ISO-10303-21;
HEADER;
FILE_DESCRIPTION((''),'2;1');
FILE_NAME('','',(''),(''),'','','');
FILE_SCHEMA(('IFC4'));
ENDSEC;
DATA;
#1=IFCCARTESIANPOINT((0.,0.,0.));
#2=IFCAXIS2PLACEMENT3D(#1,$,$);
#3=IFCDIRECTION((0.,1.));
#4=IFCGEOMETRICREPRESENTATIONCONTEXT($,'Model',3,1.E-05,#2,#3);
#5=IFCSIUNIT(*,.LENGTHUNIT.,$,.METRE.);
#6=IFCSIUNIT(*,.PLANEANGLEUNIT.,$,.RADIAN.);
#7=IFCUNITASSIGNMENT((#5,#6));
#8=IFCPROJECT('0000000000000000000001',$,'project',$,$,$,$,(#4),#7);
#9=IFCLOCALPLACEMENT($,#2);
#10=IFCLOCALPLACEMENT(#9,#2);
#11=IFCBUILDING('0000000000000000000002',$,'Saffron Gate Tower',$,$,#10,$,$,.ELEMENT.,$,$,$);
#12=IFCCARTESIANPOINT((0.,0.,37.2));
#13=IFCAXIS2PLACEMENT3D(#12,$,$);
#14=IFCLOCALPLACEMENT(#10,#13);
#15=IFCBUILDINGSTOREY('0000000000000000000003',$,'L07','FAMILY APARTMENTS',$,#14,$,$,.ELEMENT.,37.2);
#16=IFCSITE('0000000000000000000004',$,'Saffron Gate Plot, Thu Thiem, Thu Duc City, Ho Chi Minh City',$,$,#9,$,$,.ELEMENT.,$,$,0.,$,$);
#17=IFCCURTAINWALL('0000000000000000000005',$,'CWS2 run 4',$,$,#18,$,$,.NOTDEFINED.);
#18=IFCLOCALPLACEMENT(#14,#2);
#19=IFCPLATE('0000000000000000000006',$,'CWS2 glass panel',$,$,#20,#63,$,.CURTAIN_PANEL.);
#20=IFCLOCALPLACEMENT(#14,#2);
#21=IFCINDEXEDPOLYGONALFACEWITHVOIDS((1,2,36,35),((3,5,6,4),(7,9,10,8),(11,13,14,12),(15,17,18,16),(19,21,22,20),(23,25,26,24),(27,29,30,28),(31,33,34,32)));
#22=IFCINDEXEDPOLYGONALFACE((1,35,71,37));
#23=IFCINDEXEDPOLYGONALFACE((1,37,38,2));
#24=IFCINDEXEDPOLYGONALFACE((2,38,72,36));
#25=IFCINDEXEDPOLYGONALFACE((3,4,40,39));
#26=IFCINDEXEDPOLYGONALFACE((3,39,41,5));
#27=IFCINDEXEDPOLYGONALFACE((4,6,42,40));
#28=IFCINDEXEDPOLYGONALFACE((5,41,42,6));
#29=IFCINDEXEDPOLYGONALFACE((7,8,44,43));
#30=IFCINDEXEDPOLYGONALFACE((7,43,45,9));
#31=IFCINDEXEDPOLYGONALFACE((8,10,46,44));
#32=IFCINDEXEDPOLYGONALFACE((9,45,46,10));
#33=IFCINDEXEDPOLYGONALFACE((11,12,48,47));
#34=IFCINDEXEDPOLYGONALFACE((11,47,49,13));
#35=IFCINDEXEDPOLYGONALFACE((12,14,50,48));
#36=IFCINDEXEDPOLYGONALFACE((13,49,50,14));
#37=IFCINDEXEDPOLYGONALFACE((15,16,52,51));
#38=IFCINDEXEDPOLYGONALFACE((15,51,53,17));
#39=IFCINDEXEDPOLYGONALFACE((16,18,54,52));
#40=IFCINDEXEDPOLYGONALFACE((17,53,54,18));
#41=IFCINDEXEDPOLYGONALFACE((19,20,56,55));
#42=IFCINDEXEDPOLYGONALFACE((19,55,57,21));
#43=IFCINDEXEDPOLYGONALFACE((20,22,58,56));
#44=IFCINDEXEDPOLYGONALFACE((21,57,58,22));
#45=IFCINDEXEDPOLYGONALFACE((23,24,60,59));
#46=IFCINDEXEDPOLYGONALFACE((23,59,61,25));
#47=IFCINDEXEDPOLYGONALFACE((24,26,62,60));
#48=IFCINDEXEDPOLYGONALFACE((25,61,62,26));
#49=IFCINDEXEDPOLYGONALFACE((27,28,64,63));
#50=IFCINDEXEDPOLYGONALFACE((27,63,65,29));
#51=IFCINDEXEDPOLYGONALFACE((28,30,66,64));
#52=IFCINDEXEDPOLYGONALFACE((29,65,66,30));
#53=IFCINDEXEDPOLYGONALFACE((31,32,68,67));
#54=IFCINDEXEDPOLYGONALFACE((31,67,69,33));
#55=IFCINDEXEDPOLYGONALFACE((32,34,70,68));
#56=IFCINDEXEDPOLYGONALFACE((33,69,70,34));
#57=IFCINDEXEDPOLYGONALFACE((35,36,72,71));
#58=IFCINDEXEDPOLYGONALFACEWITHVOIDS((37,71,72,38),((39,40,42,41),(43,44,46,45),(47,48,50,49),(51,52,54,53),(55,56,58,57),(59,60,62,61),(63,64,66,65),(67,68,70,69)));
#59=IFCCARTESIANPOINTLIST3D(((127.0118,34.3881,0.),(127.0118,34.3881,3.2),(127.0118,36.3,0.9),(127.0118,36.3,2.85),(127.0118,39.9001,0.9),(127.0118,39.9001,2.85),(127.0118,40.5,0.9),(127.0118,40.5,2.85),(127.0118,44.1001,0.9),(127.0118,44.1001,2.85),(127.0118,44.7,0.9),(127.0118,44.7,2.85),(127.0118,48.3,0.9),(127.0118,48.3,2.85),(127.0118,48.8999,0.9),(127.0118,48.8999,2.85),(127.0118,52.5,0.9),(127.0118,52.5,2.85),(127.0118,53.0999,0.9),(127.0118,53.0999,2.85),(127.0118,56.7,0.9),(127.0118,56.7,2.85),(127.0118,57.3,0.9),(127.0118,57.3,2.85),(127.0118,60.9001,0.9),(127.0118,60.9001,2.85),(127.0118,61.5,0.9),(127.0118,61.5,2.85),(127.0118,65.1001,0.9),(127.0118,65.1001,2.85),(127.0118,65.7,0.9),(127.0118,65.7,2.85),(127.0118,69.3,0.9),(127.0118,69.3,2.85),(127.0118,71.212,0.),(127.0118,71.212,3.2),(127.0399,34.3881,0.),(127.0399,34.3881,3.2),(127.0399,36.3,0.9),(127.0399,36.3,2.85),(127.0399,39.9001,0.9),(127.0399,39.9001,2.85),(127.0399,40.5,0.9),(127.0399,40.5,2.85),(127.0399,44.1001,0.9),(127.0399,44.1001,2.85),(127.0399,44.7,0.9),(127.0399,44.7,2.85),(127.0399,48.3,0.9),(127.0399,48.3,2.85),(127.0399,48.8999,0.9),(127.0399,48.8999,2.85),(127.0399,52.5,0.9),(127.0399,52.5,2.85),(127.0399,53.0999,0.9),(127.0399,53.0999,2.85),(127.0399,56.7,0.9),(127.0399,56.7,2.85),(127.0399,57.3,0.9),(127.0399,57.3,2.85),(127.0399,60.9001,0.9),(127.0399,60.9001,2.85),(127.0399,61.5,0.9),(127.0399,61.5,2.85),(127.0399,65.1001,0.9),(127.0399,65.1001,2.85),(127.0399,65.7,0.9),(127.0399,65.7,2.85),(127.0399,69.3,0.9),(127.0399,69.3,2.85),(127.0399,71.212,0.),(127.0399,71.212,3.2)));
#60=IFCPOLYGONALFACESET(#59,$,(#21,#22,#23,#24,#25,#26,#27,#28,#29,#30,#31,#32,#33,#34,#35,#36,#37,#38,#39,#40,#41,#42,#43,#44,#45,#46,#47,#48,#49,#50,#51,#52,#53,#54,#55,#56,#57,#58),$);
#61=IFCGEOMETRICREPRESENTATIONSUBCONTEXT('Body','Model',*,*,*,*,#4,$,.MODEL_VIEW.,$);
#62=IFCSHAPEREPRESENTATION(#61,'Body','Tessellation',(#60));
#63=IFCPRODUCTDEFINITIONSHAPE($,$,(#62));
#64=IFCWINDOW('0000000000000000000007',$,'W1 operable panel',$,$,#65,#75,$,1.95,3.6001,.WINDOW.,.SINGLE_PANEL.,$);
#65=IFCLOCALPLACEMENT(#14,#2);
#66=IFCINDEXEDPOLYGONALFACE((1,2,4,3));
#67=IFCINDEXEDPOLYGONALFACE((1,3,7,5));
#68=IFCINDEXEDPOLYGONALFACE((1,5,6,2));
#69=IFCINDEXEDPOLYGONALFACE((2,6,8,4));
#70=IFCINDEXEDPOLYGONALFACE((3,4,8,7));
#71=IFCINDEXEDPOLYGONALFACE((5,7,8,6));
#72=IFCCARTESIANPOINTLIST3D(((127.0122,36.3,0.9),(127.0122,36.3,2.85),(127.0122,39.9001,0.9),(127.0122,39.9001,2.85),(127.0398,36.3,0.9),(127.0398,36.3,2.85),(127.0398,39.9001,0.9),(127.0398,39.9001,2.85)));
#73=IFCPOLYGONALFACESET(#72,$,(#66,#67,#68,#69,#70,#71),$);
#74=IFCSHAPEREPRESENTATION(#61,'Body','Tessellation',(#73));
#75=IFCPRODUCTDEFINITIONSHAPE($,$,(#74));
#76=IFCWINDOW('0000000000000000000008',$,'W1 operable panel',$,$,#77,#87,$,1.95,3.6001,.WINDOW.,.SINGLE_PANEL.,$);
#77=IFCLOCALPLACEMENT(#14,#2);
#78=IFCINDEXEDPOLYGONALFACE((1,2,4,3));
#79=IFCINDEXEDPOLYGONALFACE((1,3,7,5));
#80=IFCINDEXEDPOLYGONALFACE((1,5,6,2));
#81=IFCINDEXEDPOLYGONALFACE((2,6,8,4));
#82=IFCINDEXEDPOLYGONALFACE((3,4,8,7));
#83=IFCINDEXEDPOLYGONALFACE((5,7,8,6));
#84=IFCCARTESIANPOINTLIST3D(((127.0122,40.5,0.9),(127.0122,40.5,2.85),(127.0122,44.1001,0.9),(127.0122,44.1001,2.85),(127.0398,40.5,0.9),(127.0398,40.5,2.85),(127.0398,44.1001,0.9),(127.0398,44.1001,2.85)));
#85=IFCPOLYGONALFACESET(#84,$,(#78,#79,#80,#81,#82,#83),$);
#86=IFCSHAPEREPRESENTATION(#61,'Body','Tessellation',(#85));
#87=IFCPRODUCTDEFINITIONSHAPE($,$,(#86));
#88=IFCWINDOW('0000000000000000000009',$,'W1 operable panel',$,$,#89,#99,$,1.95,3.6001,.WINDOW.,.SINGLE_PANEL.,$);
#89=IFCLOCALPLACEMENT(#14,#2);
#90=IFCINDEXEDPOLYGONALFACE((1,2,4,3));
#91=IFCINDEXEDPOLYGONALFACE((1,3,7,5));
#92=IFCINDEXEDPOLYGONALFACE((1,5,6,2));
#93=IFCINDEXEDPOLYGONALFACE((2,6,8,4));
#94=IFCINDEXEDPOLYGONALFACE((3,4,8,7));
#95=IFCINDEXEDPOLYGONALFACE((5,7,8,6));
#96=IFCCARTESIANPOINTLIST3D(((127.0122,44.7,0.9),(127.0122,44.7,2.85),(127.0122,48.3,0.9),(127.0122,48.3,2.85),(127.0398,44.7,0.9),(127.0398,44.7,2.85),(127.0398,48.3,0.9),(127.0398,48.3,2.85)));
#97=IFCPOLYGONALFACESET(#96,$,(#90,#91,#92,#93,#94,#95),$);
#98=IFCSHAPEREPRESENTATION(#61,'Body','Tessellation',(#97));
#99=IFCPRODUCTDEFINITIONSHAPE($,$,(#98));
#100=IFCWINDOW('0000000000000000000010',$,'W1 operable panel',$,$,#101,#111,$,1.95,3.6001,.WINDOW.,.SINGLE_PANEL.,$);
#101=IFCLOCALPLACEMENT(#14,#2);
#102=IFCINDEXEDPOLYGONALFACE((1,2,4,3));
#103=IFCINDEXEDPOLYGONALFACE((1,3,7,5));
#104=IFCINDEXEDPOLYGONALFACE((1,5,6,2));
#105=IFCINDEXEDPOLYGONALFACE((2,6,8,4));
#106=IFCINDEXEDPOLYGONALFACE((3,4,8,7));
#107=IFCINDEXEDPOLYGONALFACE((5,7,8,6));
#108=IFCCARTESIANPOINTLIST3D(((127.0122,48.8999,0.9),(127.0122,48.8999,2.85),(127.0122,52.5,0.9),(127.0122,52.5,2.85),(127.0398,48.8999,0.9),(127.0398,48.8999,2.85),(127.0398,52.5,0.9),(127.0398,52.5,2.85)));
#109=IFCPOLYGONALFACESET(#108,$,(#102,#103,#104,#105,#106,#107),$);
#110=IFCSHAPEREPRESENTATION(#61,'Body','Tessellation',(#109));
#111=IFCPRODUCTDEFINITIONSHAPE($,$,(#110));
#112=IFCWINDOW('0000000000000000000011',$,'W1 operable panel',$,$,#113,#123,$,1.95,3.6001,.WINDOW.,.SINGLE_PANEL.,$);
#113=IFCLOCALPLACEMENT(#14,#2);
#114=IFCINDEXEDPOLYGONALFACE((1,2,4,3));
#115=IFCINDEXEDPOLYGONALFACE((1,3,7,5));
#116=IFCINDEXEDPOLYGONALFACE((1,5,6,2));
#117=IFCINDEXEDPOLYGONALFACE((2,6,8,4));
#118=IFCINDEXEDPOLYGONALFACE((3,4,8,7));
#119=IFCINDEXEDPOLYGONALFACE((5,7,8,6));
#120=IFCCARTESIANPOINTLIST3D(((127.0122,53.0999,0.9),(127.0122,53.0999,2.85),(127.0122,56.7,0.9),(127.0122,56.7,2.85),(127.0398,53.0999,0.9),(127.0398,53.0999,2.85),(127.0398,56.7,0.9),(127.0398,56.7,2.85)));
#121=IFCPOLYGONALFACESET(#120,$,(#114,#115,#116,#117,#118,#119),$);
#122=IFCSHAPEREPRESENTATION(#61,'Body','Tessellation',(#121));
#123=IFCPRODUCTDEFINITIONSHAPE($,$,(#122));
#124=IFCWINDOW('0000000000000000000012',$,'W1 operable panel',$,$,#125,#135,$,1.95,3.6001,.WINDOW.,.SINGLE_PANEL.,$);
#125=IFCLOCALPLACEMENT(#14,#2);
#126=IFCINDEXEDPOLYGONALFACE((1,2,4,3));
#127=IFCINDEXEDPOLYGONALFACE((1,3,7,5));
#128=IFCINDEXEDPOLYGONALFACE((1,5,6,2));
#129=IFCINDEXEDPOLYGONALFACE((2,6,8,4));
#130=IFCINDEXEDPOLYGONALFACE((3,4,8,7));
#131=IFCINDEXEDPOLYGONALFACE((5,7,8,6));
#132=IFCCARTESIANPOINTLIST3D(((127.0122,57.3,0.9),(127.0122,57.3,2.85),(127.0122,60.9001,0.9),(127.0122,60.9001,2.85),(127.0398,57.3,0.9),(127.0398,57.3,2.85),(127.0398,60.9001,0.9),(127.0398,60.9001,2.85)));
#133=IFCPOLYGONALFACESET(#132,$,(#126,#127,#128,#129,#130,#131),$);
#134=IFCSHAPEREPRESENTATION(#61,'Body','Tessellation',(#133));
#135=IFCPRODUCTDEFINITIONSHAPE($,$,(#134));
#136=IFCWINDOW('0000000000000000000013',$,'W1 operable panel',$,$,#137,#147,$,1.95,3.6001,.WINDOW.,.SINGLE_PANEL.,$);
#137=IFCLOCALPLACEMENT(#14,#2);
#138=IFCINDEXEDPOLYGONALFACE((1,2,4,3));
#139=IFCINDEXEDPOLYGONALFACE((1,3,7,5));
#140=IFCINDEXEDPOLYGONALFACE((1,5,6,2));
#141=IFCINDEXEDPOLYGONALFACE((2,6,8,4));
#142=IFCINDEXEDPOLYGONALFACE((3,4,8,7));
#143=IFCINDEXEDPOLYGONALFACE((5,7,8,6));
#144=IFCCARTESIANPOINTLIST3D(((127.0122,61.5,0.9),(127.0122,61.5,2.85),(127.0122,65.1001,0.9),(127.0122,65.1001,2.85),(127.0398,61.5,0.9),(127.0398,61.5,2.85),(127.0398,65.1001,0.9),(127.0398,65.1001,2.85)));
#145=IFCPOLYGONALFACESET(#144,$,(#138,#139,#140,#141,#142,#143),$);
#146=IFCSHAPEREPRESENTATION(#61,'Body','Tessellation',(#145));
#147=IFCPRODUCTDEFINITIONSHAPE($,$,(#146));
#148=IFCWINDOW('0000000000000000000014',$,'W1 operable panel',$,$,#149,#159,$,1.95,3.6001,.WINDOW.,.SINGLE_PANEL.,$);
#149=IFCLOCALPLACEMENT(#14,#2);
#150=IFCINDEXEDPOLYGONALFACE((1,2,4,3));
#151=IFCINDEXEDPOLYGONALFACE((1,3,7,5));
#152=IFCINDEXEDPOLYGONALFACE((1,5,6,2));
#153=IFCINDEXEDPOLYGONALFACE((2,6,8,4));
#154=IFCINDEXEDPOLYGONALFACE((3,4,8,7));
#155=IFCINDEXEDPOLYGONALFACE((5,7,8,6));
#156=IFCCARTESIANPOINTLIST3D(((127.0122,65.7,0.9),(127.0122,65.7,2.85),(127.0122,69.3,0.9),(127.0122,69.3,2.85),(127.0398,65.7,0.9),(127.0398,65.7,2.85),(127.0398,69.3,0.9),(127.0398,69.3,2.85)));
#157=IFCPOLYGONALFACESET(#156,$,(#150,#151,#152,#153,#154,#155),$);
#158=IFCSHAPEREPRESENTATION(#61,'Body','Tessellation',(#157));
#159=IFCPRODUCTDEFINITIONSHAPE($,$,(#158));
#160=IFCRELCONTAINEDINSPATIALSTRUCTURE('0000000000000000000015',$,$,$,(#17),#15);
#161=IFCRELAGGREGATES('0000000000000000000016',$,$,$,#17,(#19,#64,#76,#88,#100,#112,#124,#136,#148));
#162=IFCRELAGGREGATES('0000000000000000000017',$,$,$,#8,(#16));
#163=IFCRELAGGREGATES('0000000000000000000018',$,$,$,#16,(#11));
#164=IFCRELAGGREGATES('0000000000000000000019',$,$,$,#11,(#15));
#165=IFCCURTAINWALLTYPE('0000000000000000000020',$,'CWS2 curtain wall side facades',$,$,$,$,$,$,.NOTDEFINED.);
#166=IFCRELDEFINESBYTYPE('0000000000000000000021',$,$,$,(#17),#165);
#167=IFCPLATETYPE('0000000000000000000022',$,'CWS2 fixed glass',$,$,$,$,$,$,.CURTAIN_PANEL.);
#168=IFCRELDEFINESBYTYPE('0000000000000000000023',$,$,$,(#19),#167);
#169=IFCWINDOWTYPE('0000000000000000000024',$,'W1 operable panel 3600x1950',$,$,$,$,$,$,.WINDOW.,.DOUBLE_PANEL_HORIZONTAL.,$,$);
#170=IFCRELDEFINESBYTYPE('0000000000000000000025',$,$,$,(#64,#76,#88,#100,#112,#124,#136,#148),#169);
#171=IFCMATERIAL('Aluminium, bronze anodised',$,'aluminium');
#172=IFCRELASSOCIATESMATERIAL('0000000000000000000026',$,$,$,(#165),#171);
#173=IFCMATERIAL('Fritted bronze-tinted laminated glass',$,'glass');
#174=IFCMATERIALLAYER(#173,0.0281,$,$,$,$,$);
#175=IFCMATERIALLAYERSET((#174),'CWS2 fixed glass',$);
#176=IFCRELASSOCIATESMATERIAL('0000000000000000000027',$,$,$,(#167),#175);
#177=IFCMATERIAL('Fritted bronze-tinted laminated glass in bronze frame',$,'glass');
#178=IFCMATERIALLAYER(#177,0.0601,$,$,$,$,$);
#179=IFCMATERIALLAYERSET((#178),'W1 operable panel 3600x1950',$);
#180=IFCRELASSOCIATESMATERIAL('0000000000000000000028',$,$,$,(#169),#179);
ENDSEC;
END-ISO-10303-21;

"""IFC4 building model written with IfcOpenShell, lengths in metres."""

from ifc_helpers import new_model, si_unit, direction, frame, frame_2d, origin, place, context, subcontext, project, spatial, rectangle, extrude, material, layer, layer_set, type_object, element, fill, aggregate, save


model = new_model("IFC4")

# Units and contexts
model_context = context("Model", 3, precision=1e-05, world=origin(), true_north=direction((0.0, 1.0)))
body_context = subcontext(model_context, "Body", "Model", "MODEL_VIEW")
ifc_project = project(units=[si_unit("LENGTHUNIT", "METRE"), si_unit("PLANEANGLEUNIT", "RADIAN")], contexts=[model_context])

# Site, building, storey
site_placement = place(None, origin())
site = spatial("IfcSite", under=ifc_project, at=site_placement, Name="Saffron Gate Plot, Thu Thiem, Thu Duc City, Ho Chi Minh City", CompositionType="ELEMENT", RefElevation=0.0)
building_placement = place(site_placement, origin())
building = spatial("IfcBuilding", under=site, at=building_placement, Name="Saffron Gate Tower", CompositionType="ELEMENT")
storey_placement = place(building_placement, frame((0.0, 0.0, 37.2)))
storey = spatial("IfcBuildingStorey", under=building, at=storey_placement, Name="L07", Description="FAMILY APARTMENTS", CompositionType="ELEMENT", Elevation=37.2)

# Curtain wall, plate, openings, windows
ifc_material_1 = material(Name="Aluminium, bronze anodised", Category="aluminium")
curtain_wall_type_1 = type_object("IfcCurtainWallType", Name="CWS2 curtain wall side facades", PredefinedType="NOTDEFINED", material=ifc_material_1)
curtain_wall_1_placement = place(storey_placement, origin())
curtain_wall_1 = element("IfcCurtainWall", 1, at=curtain_wall_1_placement, inside=storey, type_object=curtain_wall_type_1, Name="CWS2 run 4", PredefinedType="NOTDEFINED")
ifc_material_2 = material(Name="Fritted bronze-tinted laminated glass", Category="glass")
ifc_layer_1 = layer(ifc_material_2, 0.0281)
ifc_layer_set_1 = layer_set([ifc_layer_1], Name="CWS2 fixed glass")
plate_type_1 = type_object("IfcPlateType", Name="CWS2 fixed glass", PredefinedType="CURTAIN_PANEL", material=ifc_layer_set_1)
plate_1_placement = place(storey_placement, frame((127.0259, 34.3879, 0.0), z_axis=(0.0, 0.0, 1.0), x_axis=(0.0, 1.0, 0.0)))
plate_1 = element("IfcPlate", 2, at=plate_1_placement, type_object=plate_type_1, Name="CWS2 glass panel", PredefinedType="CURTAIN_PANEL", context=body_context, shape_type="SweptSolid", body=[
    extrude(rectangle(XDim=36.824, YDim=0.0281, at=frame_2d((18.4121, 0.0))), origin(), (0.0, 0.0, 1.0), 3.2),
])
opening_1_placement = place(plate_1_placement, frame((1.9121, 0.0, 0.8999)))
opening_1 = element("IfcOpeningElement", 3, at=opening_1_placement, cuts=plate_1, PredefinedType="OPENING", context=body_context, shape_type="SweptSolid", body=[
    extrude(rectangle(XDim=3.6001, YDim=1.95, at=frame_2d((1.8, 0.9751))), frame((0.0, 0.0239, 0.0), z_axis=(0.0, -1.0, 0.0), x_axis=(1.0, 0.0, 0.0)), (0.0, 0.0, 1.0), 0.0481),
])
opening_2_placement = place(plate_1_placement, frame((6.1121, 0.0, 0.8999)))
opening_2 = element("IfcOpeningElement", 4, at=opening_2_placement, cuts=plate_1, PredefinedType="OPENING", context=body_context, shape_type="SweptSolid", body=[
    extrude(rectangle(XDim=3.6001, YDim=1.95, at=frame_2d((1.8, 0.9751))), frame((0.0, 0.0239, 0.0), z_axis=(0.0, -1.0, 0.0), x_axis=(1.0, 0.0, 0.0)), (0.0, 0.0, 1.0), 0.0481),
])
opening_3_placement = place(plate_1_placement, frame((10.312, 0.0, 0.8999)))
opening_3 = element("IfcOpeningElement", 5, at=opening_3_placement, cuts=plate_1, PredefinedType="OPENING", context=body_context, shape_type="SweptSolid", body=[
    extrude(rectangle(XDim=3.6001, YDim=1.95, at=frame_2d((1.8, 0.9751))), frame((0.0, 0.0239, 0.0), z_axis=(0.0, -1.0, 0.0), x_axis=(1.0, 0.0, 0.0)), (0.0, 0.0, 1.0), 0.0481),
])
opening_4_placement = place(plate_1_placement, frame((14.512, 0.0, 0.8999)))
opening_4 = element("IfcOpeningElement", 6, at=opening_4_placement, cuts=plate_1, PredefinedType="OPENING", context=body_context, shape_type="SweptSolid", body=[
    extrude(rectangle(XDim=3.6001, YDim=1.95, at=frame_2d((1.8, 0.9751))), frame((0.0, 0.0239, 0.0), z_axis=(0.0, -1.0, 0.0), x_axis=(1.0, 0.0, 0.0)), (0.0, 0.0, 1.0), 0.0481),
])
opening_5_placement = place(plate_1_placement, frame((18.7119, 0.0, 0.8999)))
opening_5 = element("IfcOpeningElement", 7, at=opening_5_placement, cuts=plate_1, PredefinedType="OPENING", context=body_context, shape_type="SweptSolid", body=[
    extrude(rectangle(XDim=3.6001, YDim=1.95, at=frame_2d((1.8, 0.9751))), frame((0.0, 0.0239, 0.0), z_axis=(0.0, -1.0, 0.0), x_axis=(1.0, 0.0, 0.0)), (0.0, 0.0, 1.0), 0.0481),
])
opening_6_placement = place(plate_1_placement, frame((22.9121, 0.0, 0.8999)))
opening_6 = element("IfcOpeningElement", 8, at=opening_6_placement, cuts=plate_1, PredefinedType="OPENING", context=body_context, shape_type="SweptSolid", body=[
    extrude(rectangle(XDim=3.6001, YDim=1.95, at=frame_2d((1.8, 0.9751))), frame((0.0, 0.0239, 0.0), z_axis=(0.0, -1.0, 0.0), x_axis=(1.0, 0.0, 0.0)), (0.0, 0.0, 1.0), 0.0481),
])
opening_7_placement = place(plate_1_placement, frame((27.1121, 0.0, 0.8999)))
opening_7 = element("IfcOpeningElement", 9, at=opening_7_placement, cuts=plate_1, PredefinedType="OPENING", context=body_context, shape_type="SweptSolid", body=[
    extrude(rectangle(XDim=3.6001, YDim=1.95, at=frame_2d((1.8, 0.9751))), frame((0.0, 0.0239, 0.0), z_axis=(0.0, -1.0, 0.0), x_axis=(1.0, 0.0, 0.0)), (0.0, 0.0, 1.0), 0.0481),
])
opening_8_placement = place(plate_1_placement, frame((31.312, 0.0, 0.8999)))
opening_8 = element("IfcOpeningElement", 10, at=opening_8_placement, cuts=plate_1, PredefinedType="OPENING", context=body_context, shape_type="SweptSolid", body=[
    extrude(rectangle(XDim=3.6001, YDim=1.95, at=frame_2d((1.8, 0.9751))), frame((0.0, 0.0239, 0.0), z_axis=(0.0, -1.0, 0.0), x_axis=(1.0, 0.0, 0.0)), (0.0, 0.0, 1.0), 0.0481),
])
ifc_material_3 = material(Name="Fritted bronze-tinted laminated glass in bronze frame", Category="glass")
ifc_layer_2 = layer(ifc_material_3, 0.0601)
ifc_layer_set_2 = layer_set([ifc_layer_2], Name="W1 operable panel 3600x1950")
window_type = type_object("IfcWindowType", Name="W1 operable panel 3600x1950", PartitioningType="DOUBLE_PANEL_HORIZONTAL", PredefinedType="WINDOW", material=ifc_layer_set_2)
window_1_placement = place(opening_1_placement, origin())
window_1 = element("IfcWindow", 11, at=window_1_placement, type_object=window_type, Name="W1 operable panel", OverallHeight=1.95, OverallWidth=3.6001, PartitioningType="SINGLE_PANEL", PredefinedType="WINDOW", context=body_context, shape_type="SweptSolid", body=[
    extrude(rectangle(XDim=3.6001, YDim=1.95, at=frame_2d((1.8, 0.9751))), frame((0.0, 0.0137, 0.0), z_axis=(0.0, -1.0, 0.0), x_axis=(1.0, 0.0, 0.0)), (0.0, 0.0, 1.0), 0.0276),
])
fill(opening_1, window_1)
window_2_placement = place(opening_2_placement, origin())
window_2 = element("IfcWindow", 12, at=window_2_placement, type_object=window_type, Name="W1 operable panel", OverallHeight=1.95, OverallWidth=3.6001, PartitioningType="SINGLE_PANEL", PredefinedType="WINDOW", context=body_context, shape_type="SweptSolid", body=[
    extrude(rectangle(XDim=3.6001, YDim=1.95, at=frame_2d((1.8, 0.9751))), frame((0.0, 0.0137, 0.0), z_axis=(0.0, -1.0, 0.0), x_axis=(1.0, 0.0, 0.0)), (0.0, 0.0, 1.0), 0.0276),
])
fill(opening_2, window_2)
window_3_placement = place(opening_3_placement, origin())
window_3 = element("IfcWindow", 13, at=window_3_placement, type_object=window_type, Name="W1 operable panel", OverallHeight=1.95, OverallWidth=3.6001, PartitioningType="SINGLE_PANEL", PredefinedType="WINDOW", context=body_context, shape_type="SweptSolid", body=[
    extrude(rectangle(XDim=3.6001, YDim=1.95, at=frame_2d((1.8, 0.9751))), frame((0.0, 0.0137, 0.0), z_axis=(0.0, -1.0, 0.0), x_axis=(1.0, 0.0, 0.0)), (0.0, 0.0, 1.0), 0.0276),
])
fill(opening_3, window_3)
window_4_placement = place(opening_4_placement, origin())
window_4 = element("IfcWindow", 14, at=window_4_placement, type_object=window_type, Name="W1 operable panel", OverallHeight=1.95, OverallWidth=3.6001, PartitioningType="SINGLE_PANEL", PredefinedType="WINDOW", context=body_context, shape_type="SweptSolid", body=[
    extrude(rectangle(XDim=3.6001, YDim=1.95, at=frame_2d((1.8, 0.9751))), frame((0.0, 0.0137, 0.0), z_axis=(0.0, -1.0, 0.0), x_axis=(1.0, 0.0, 0.0)), (0.0, 0.0, 1.0), 0.0276),
])
fill(opening_4, window_4)
window_5_placement = place(opening_5_placement, origin())
window_5 = element("IfcWindow", 15, at=window_5_placement, type_object=window_type, Name="W1 operable panel", OverallHeight=1.95, OverallWidth=3.6001, PartitioningType="SINGLE_PANEL", PredefinedType="WINDOW", context=body_context, shape_type="SweptSolid", body=[
    extrude(rectangle(XDim=3.6001, YDim=1.95, at=frame_2d((1.8, 0.9751))), frame((0.0, 0.0137, 0.0), z_axis=(0.0, -1.0, 0.0), x_axis=(1.0, 0.0, 0.0)), (0.0, 0.0, 1.0), 0.0276),
])
fill(opening_5, window_5)
window_6_placement = place(opening_6_placement, origin())
window_6 = element("IfcWindow", 16, at=window_6_placement, type_object=window_type, Name="W1 operable panel", OverallHeight=1.95, OverallWidth=3.6001, PartitioningType="SINGLE_PANEL", PredefinedType="WINDOW", context=body_context, shape_type="SweptSolid", body=[
    extrude(rectangle(XDim=3.6001, YDim=1.95, at=frame_2d((1.8, 0.9751))), frame((0.0, 0.0137, 0.0), z_axis=(0.0, -1.0, 0.0), x_axis=(1.0, 0.0, 0.0)), (0.0, 0.0, 1.0), 0.0276),
])
fill(opening_6, window_6)
window_7_placement = place(opening_7_placement, origin())
window_7 = element("IfcWindow", 17, at=window_7_placement, type_object=window_type, Name="W1 operable panel", OverallHeight=1.95, OverallWidth=3.6001, PartitioningType="SINGLE_PANEL", PredefinedType="WINDOW", context=body_context, shape_type="SweptSolid", body=[
    extrude(rectangle(XDim=3.6001, YDim=1.95, at=frame_2d((1.8, 0.9751))), frame((0.0, 0.0137, 0.0), z_axis=(0.0, -1.0, 0.0), x_axis=(1.0, 0.0, 0.0)), (0.0, 0.0, 1.0), 0.0276),
])
fill(opening_7, window_7)
window_8_placement = place(opening_8_placement, origin())
window_8 = element("IfcWindow", 18, at=window_8_placement, type_object=window_type, Name="W1 operable panel", OverallHeight=1.95, OverallWidth=3.6001, PartitioningType="SINGLE_PANEL", PredefinedType="WINDOW", context=body_context, shape_type="SweptSolid", body=[
    extrude(rectangle(XDim=3.6001, YDim=1.95, at=frame_2d((1.8, 0.9751))), frame((0.0, 0.0137, 0.0), z_axis=(0.0, -1.0, 0.0), x_axis=(1.0, 0.0, 0.0)), (0.0, 0.0, 1.0), 0.0276),
])
fill(opening_8, window_8)
aggregate(curtain_wall_1, [plate_1, window_1, window_2, window_3, window_4, window_5, window_6, window_7, window_8])

save(model, "model.ifc")
